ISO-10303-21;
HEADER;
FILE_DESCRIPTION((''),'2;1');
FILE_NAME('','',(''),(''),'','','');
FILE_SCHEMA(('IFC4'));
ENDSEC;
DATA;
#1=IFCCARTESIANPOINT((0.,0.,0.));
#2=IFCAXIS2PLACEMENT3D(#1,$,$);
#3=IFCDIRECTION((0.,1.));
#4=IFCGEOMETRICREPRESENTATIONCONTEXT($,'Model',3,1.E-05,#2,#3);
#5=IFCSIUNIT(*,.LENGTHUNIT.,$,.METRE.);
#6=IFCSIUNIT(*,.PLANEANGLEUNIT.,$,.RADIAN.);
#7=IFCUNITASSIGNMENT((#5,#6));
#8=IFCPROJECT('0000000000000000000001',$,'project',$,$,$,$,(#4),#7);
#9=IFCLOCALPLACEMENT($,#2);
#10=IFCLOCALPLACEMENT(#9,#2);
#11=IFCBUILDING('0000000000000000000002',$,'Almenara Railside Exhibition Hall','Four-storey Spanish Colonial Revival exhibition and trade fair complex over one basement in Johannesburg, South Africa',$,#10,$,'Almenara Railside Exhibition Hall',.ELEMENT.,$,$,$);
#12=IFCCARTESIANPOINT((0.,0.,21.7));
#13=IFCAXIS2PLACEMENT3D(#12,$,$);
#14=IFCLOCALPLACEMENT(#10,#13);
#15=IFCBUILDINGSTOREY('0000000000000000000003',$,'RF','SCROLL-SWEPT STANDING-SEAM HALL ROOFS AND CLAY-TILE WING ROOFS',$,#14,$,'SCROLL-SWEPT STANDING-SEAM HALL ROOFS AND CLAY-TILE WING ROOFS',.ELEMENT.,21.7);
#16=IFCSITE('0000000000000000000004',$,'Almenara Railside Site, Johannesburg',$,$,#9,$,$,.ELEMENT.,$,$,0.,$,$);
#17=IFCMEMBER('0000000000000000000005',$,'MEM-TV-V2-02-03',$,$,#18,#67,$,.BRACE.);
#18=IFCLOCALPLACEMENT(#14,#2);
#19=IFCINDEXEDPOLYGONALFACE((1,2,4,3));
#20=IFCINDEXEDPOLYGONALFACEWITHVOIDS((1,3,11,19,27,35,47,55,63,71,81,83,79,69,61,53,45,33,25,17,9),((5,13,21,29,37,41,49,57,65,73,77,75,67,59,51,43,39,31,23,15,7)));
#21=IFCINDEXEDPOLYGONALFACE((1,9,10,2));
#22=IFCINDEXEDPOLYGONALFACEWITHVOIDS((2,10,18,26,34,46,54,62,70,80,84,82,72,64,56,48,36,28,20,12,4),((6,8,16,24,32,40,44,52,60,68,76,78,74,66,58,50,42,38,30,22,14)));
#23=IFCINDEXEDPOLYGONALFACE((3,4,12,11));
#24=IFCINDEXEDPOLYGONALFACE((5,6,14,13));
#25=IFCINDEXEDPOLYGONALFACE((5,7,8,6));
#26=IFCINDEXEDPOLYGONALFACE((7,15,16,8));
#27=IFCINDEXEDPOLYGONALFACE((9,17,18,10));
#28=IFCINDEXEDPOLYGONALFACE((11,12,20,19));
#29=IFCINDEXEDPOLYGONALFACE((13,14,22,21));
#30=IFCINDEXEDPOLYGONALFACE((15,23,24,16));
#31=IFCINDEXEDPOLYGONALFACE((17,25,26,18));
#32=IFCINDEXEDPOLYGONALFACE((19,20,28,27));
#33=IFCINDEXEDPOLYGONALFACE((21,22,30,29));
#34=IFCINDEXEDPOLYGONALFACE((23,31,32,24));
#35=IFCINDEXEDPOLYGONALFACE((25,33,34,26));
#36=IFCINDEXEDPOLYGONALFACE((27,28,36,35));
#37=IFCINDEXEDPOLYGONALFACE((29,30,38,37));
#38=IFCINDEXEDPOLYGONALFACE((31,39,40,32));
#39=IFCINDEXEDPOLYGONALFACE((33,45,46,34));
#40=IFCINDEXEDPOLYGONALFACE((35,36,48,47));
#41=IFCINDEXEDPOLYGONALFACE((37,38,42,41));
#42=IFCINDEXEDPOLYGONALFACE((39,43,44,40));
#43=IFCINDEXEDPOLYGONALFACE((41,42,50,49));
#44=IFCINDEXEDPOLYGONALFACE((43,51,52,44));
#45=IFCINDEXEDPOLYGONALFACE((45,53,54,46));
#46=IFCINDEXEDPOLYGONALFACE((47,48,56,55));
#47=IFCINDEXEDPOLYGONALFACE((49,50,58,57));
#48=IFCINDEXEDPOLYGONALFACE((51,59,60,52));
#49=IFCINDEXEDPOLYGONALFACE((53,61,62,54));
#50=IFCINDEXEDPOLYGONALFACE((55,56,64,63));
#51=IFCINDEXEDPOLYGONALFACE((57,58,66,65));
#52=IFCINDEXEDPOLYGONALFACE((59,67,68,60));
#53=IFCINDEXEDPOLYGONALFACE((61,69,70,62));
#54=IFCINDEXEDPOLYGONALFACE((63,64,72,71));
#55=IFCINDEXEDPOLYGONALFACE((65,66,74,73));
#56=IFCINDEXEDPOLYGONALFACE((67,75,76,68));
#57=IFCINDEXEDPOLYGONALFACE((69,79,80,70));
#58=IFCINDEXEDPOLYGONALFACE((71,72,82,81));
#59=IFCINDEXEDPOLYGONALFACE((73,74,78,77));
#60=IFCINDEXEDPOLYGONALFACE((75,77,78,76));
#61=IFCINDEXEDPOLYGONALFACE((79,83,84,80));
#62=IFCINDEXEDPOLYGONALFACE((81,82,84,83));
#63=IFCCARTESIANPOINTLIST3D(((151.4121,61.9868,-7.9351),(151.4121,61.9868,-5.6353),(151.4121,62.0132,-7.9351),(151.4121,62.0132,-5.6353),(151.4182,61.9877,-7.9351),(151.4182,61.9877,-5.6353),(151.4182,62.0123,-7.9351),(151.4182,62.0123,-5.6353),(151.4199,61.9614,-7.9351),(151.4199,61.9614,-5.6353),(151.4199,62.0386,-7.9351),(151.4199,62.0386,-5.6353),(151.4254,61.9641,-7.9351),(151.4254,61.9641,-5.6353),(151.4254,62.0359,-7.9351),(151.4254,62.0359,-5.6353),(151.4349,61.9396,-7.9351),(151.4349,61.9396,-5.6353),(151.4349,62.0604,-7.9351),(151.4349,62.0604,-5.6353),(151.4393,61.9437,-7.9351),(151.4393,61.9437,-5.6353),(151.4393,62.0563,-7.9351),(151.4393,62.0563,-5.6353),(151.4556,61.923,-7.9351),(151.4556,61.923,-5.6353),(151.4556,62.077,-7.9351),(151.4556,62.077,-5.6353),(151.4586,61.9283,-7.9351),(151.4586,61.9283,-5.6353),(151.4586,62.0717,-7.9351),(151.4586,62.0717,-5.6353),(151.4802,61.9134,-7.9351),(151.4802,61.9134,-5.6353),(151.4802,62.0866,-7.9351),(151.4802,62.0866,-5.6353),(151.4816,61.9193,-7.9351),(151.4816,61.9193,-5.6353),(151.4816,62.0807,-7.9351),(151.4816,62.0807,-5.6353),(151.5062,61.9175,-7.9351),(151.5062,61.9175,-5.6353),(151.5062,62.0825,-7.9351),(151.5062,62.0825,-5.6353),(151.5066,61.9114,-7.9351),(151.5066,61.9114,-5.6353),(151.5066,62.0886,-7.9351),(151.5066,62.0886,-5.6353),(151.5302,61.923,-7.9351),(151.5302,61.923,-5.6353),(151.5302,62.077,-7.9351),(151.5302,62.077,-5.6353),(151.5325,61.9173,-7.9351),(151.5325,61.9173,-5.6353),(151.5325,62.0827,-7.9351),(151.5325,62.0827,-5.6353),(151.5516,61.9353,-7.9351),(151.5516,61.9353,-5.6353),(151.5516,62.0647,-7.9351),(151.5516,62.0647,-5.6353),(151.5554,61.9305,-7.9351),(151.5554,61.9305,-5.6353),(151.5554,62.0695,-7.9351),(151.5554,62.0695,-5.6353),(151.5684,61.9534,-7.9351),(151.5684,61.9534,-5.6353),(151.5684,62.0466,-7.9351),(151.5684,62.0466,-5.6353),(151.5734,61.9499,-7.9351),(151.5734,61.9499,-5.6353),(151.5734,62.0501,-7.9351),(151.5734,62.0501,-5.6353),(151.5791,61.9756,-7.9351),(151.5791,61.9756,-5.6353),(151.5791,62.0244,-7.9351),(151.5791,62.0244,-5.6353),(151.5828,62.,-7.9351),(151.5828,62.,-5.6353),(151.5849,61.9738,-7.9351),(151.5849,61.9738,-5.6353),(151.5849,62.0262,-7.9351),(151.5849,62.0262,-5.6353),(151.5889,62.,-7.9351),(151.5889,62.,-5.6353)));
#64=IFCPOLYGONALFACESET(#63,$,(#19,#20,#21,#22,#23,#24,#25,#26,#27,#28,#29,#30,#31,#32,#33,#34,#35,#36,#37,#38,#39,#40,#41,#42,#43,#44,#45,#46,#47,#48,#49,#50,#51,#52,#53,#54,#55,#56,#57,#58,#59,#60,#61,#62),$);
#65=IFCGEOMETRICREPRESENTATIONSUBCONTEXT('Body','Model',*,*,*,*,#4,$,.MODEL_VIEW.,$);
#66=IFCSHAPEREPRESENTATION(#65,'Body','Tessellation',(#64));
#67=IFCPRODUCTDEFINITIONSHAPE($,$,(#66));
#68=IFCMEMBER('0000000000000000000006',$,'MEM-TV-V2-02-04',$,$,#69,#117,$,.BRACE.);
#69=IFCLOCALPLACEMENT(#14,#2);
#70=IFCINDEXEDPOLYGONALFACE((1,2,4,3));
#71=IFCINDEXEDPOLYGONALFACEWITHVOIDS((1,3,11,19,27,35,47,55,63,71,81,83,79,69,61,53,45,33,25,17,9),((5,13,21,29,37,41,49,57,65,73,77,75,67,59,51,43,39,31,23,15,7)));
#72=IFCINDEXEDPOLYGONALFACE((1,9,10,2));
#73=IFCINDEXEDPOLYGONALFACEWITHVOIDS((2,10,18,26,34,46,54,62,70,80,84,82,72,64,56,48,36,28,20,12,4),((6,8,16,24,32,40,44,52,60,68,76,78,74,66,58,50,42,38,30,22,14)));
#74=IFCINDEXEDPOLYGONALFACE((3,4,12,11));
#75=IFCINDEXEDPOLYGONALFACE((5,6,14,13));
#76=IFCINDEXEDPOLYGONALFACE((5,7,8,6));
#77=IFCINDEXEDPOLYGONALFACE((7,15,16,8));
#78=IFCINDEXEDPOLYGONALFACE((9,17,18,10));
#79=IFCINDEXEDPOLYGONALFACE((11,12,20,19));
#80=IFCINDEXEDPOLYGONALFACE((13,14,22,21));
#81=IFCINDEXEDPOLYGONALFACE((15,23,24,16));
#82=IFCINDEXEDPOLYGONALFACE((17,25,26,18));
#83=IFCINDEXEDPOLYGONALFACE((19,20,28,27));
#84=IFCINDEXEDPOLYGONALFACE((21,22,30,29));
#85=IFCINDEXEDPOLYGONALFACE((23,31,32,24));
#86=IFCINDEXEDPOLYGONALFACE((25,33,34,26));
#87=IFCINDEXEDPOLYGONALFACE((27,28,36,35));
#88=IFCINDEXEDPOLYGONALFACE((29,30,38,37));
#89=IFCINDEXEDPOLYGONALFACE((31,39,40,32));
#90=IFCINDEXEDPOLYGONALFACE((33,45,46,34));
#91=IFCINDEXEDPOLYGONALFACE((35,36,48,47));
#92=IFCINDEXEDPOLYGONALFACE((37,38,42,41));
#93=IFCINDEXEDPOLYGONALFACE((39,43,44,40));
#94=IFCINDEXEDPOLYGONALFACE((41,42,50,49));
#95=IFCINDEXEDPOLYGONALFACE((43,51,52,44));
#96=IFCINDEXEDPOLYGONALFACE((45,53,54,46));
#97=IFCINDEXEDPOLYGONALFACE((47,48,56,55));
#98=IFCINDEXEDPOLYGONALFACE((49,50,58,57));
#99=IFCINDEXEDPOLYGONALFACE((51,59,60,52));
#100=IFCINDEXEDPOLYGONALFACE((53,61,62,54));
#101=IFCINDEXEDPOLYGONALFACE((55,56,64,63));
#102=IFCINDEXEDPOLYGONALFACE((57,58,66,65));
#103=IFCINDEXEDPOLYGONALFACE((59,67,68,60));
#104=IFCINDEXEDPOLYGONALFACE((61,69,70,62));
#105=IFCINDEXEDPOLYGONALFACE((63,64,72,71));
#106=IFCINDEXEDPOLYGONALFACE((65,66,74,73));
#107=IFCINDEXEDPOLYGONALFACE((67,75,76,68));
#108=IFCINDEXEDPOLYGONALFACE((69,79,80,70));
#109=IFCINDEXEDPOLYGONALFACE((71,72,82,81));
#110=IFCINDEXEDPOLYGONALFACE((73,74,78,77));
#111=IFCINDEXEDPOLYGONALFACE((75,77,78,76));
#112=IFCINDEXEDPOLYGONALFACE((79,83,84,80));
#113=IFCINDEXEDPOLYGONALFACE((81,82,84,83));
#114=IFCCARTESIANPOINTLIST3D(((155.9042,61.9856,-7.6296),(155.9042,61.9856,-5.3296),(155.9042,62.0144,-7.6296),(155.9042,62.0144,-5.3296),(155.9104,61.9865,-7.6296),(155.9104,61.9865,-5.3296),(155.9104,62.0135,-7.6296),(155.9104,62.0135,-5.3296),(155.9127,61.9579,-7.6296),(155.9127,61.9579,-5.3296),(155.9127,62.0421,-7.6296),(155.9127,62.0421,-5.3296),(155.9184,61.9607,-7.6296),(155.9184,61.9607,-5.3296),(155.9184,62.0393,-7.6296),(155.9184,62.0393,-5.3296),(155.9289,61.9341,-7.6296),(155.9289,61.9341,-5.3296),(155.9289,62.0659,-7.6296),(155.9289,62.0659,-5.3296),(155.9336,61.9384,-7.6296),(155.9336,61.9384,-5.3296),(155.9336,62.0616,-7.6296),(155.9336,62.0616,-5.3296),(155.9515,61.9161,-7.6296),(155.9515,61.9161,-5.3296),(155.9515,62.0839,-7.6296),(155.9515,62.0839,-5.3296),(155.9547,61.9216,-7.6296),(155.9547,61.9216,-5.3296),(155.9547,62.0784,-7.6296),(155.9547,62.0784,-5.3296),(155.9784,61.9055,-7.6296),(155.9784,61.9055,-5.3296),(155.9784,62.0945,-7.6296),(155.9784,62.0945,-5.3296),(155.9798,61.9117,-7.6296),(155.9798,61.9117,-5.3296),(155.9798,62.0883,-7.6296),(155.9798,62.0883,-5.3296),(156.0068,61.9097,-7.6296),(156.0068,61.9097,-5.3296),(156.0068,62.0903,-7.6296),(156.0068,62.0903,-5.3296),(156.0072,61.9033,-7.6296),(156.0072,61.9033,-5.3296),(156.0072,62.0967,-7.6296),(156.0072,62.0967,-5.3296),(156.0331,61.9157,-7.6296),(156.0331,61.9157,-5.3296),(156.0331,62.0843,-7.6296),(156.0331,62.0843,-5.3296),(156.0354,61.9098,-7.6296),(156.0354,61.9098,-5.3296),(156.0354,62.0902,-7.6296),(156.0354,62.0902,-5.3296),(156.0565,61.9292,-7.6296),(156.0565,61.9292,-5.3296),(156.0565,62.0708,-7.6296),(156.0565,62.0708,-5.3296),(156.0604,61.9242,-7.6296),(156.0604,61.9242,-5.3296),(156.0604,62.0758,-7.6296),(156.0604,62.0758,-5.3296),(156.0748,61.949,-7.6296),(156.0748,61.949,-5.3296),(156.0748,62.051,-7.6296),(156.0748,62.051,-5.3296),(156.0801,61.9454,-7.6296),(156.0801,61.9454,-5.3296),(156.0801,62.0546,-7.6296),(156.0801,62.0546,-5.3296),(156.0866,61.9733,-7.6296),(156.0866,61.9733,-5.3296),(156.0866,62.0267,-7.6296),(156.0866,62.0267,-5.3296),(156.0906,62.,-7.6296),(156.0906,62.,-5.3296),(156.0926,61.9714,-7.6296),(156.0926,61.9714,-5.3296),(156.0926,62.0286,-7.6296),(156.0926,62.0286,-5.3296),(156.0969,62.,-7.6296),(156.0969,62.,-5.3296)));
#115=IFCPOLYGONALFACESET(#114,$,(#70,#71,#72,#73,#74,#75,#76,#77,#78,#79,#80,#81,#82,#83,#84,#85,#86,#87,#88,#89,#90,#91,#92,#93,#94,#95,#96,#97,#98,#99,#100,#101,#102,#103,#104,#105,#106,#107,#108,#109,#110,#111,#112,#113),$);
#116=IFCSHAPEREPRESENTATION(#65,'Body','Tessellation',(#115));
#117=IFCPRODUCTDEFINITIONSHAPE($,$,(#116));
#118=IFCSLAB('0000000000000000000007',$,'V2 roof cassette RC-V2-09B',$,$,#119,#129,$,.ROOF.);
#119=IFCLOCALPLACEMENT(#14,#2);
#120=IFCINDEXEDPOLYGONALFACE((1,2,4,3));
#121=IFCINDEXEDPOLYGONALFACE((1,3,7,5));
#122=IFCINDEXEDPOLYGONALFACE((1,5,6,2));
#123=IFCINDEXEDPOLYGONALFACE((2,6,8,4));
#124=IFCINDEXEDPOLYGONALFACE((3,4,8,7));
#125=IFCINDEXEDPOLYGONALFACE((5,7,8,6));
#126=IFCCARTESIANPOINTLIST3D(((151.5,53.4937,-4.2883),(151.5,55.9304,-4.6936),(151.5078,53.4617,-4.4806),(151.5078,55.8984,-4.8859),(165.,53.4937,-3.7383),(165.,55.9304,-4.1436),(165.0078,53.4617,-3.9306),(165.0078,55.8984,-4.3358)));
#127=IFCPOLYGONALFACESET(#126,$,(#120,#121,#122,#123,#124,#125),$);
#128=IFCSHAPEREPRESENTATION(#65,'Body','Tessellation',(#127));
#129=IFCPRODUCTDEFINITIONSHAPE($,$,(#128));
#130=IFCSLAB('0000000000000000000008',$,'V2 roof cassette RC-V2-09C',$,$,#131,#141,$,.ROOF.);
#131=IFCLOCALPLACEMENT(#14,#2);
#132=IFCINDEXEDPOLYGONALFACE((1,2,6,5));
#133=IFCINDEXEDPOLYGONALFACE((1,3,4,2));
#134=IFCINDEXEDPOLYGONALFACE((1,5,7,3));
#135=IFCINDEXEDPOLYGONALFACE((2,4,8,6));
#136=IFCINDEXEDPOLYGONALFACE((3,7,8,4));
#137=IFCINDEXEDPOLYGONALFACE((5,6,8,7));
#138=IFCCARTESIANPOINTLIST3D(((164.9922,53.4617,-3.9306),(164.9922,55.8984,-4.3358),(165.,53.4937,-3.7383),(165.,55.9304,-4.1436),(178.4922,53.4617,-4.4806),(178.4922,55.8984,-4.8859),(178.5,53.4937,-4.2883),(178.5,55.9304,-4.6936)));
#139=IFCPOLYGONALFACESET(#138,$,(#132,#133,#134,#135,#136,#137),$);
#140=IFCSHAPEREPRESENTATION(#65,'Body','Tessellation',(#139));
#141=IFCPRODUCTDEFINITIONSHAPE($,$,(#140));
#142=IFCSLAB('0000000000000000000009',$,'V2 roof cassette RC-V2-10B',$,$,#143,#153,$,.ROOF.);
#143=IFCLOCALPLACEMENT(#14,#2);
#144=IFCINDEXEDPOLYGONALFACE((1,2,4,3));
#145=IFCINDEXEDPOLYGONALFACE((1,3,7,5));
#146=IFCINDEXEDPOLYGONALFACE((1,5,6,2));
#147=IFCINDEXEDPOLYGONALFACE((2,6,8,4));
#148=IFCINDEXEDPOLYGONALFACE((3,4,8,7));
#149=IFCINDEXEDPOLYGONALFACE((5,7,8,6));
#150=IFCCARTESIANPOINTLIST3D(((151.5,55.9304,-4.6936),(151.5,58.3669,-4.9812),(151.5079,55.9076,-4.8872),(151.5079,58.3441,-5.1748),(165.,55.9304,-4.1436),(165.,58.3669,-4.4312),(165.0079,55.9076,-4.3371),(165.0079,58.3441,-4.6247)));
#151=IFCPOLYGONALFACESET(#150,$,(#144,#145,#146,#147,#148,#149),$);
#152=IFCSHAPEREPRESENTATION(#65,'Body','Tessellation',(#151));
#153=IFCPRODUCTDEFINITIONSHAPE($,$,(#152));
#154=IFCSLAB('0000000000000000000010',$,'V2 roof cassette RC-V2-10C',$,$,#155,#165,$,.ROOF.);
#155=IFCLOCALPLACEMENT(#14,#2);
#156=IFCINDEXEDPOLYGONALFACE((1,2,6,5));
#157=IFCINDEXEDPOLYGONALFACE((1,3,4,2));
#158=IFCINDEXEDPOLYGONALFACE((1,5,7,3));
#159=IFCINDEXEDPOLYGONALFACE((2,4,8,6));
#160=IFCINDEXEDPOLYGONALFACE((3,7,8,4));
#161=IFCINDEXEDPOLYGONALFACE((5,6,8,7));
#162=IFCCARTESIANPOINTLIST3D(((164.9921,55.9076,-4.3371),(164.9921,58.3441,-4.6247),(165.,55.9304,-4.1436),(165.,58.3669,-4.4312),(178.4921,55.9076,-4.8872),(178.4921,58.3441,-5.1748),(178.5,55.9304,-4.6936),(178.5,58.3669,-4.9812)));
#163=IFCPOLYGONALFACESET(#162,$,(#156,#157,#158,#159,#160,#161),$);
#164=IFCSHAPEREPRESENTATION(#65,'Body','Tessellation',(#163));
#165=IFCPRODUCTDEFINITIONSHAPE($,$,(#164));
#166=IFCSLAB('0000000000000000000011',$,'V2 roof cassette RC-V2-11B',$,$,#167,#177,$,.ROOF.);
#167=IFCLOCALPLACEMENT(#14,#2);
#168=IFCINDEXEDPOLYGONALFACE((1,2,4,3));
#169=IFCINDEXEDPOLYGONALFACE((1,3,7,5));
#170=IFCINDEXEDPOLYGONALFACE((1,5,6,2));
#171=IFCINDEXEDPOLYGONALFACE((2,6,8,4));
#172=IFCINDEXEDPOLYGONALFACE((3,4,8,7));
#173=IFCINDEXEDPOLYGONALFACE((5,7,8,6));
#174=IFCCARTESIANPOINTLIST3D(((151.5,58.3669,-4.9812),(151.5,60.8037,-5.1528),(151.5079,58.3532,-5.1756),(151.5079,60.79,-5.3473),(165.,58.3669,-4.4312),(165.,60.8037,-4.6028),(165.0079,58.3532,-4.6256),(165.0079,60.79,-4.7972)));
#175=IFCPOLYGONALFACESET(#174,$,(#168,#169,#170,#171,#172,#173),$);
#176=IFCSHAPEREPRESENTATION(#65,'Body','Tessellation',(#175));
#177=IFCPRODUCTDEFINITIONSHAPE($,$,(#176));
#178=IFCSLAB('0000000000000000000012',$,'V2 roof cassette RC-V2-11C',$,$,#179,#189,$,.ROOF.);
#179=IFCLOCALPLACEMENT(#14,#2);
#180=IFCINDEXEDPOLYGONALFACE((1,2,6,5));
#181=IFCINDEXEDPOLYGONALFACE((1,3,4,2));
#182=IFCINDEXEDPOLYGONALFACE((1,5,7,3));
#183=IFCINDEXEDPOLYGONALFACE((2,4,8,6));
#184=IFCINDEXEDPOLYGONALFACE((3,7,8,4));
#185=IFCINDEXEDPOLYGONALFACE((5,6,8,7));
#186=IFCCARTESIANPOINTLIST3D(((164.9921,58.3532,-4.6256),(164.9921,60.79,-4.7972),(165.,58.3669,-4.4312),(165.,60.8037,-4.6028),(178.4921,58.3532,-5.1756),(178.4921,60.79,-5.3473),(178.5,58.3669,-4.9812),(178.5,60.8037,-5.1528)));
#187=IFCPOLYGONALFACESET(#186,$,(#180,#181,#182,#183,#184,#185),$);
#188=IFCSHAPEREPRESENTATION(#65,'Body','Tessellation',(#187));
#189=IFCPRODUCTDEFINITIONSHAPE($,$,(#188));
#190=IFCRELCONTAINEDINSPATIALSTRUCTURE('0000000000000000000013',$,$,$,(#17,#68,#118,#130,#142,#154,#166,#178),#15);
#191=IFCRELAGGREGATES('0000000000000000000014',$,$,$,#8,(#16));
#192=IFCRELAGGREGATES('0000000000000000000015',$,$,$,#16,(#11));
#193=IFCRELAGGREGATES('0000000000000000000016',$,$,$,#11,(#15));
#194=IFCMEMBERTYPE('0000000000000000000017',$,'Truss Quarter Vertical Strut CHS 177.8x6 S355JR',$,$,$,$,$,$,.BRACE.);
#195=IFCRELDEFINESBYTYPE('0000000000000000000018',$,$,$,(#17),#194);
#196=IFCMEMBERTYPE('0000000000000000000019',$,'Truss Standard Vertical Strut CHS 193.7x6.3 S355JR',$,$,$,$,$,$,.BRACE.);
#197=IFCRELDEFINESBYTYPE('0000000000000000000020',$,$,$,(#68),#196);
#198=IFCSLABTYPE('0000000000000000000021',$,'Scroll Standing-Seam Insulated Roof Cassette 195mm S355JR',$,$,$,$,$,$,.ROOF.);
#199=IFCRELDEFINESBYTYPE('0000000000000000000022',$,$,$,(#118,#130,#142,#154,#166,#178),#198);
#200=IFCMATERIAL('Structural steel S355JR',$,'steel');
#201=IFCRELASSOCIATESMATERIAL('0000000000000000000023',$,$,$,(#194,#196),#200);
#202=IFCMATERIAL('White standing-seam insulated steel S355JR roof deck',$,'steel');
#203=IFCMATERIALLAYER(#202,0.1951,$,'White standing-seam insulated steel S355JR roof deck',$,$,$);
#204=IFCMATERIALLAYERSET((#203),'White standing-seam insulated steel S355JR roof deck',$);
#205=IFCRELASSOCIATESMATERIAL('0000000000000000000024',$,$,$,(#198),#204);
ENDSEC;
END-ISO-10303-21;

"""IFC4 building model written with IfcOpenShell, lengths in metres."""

from ifc_helpers import new_model, si_unit, direction, frame, origin, origin_2d, place, context, subcontext, project, spatial, polyline, hollow_circle, outline, extrude, material, layer, layer_set, material_profile, profile_set, type_object, element, save


model = new_model("IFC4")

# Units and contexts
model_context = context("Model", 3, precision=1e-05, world=origin(), true_north=direction((0.0, 1.0)))
body_context = subcontext(model_context, "Body", "Model", "MODEL_VIEW")
ifc_project = project(units=[si_unit("LENGTHUNIT", "METRE"), si_unit("PLANEANGLEUNIT", "RADIAN")], contexts=[model_context])

# Site, building, storey
site_placement = place(None, origin())
site = spatial("IfcSite", under=ifc_project, at=site_placement, Name="Almenara Railside Site, Johannesburg", CompositionType="ELEMENT", RefElevation=0.0)
building_placement = place(site_placement, origin())
building = spatial("IfcBuilding", under=site, at=building_placement, Name="Almenara Railside Exhibition Hall", Description="Four-storey Spanish Colonial Revival exhibition and trade fair complex over one basement in Johannesburg, South Africa", LongName="Almenara Railside Exhibition Hall", CompositionType="ELEMENT")
storey_placement = place(building_placement, frame((0.0, 0.0, 21.7)))
storey = spatial("IfcBuildingStorey", under=building, at=storey_placement, Name="RF", Description="SCROLL-SWEPT STANDING-SEAM HALL ROOFS AND CLAY-TILE WING ROOFS", LongName="SCROLL-SWEPT STANDING-SEAM HALL ROOFS AND CLAY-TILE WING ROOFS", CompositionType="ELEMENT", Elevation=21.7)

# Members
ifc_material_1 = material(Name="Structural steel S355JR", Category="steel")
ifc_material_profile_1 = material_profile(ifc_material_1, hollow_circle(Radius=0.0889, WallThickness=0.0061, at=origin_2d()), Name="CHS 177.8x6")
ifc_profile_set_1 = profile_set([ifc_material_profile_1], Name="Structural steel S355JR")
member_type_1 = type_object("IfcMemberType", Name="Truss Quarter Vertical Strut CHS 177.8x6 S355JR", PredefinedType="BRACE", material=ifc_profile_set_1)
member_1_placement = place(storey_placement, frame((151.5, 62.0, -7.9351), z_axis=(0.0, 0.0, 1.0), x_axis=(1.0, 0.0, 0.0)))
element("IfcMember", 1, at=member_1_placement, inside=storey, type_object=member_type_1, Name="MEM-TV-V2-02-03", PredefinedType="BRACE", context=body_context, shape_type="SweptSolid", body=[
    extrude(hollow_circle(Radius=0.0889, WallThickness=0.0061, at=origin_2d()), origin(), (0.0, 0.0, 1.0), 2.2998),
])
ifc_material_profile_2 = material_profile(ifc_material_1, hollow_circle(Radius=0.0969, WallThickness=0.0063, at=origin_2d()), Name="CHS 193.7x6.3")
ifc_profile_set_2 = profile_set([ifc_material_profile_2], Name="Structural steel S355JR")
member_type_2 = type_object("IfcMemberType", Name="Truss Standard Vertical Strut CHS 193.7x6.3 S355JR", PredefinedType="BRACE", material=ifc_profile_set_2)
member_2_placement = place(storey_placement, frame((156.0, 62.0, -7.6296), z_axis=(0.0, 0.0, 1.0), x_axis=(1.0, 0.0, 0.0)))
element("IfcMember", 2, at=member_2_placement, inside=storey, type_object=member_type_2, Name="MEM-TV-V2-02-04", PredefinedType="BRACE", context=body_context, shape_type="SweptSolid", body=[
    extrude(hollow_circle(Radius=0.0969, WallThickness=0.0063, at=origin_2d()), origin(), (0.0, 0.0, 1.0), 2.3),
])

# Slabs
ifc_material_2 = material(Name="White standing-seam insulated steel S355JR roof deck", Category="steel")
ifc_layer_1 = layer(ifc_material_2, 0.1951, Name="White standing-seam insulated steel S355JR roof deck")
ifc_layer_set_1 = layer_set([ifc_layer_1], Name="White standing-seam insulated steel S355JR roof deck")
slab_type = type_object("IfcSlabType", Name="Scroll Standing-Seam Insulated Roof Cassette 195mm S355JR", PredefinedType="ROOF", material=ifc_layer_set_1)
slab_1_placement = place(storey_placement, frame((151.5, 53.4937, -4.2883), z_axis=(-0.04016, 0.16393, 0.985654), x_axis=(0.999171, 0.0, 0.040711)))
element("IfcSlab", 3, at=slab_1_placement, inside=storey, type_object=slab_type, Name="V2 roof cassette RC-V2-09B", PredefinedType="ROOF", context=body_context, shape_type="SweptSolid", body=[
    extrude(outline(polyline([(0.0, 0.0), (13.5112, 0.0), (13.4947, 2.4702), (-0.0165, 2.4702), (0.0, 0.0)])), origin(), (0.0, 0.0, -1.0), 0.1951),
])
slab_2_placement = place(storey_placement, frame((165.0, 53.4937, -3.7383), z_axis=(0.04016, 0.16393, 0.985654), x_axis=(0.999171, 0.0, -0.040711)))
element("IfcSlab", 4, at=slab_2_placement, inside=storey, type_object=slab_type, Name="V2 roof cassette RC-V2-09C", PredefinedType="ROOF", context=body_context, shape_type="SweptSolid", body=[
    extrude(outline(polyline([(0.0, 0.0), (13.5112, 0.0), (13.5277, 2.4702), (0.0165, 2.4702), (0.0, 0.0)])), origin(), (0.0, 0.0, -1.0), 0.1951),
])
slab_3_placement = place(storey_placement, frame((151.5, 55.9304, -4.6936), z_axis=(-0.04043, 0.117126, 0.992294), x_axis=(0.999171, 0.0, 0.040711)))
element("IfcSlab", 5, at=slab_3_placement, inside=storey, type_object=slab_type, Name="V2 roof cassette RC-V2-10B", PredefinedType="ROOF", context=body_context, shape_type="SweptSolid", body=[
    extrude(outline(polyline([(0.0, 0.0), (13.5112, 0.0), (13.4995, 2.4534), (-0.0117, 2.4534), (0.0, 0.0)])), origin(), (0.0, 0.0, -1.0), 0.1951),
])
slab_4_placement = place(storey_placement, frame((165.0, 55.9304, -4.1436), z_axis=(0.04043, 0.117126, 0.992294), x_axis=(0.999171, 0.0, -0.040711)))
element("IfcSlab", 6, at=slab_4_placement, inside=storey, type_object=slab_type, Name="V2 roof cassette RC-V2-10C", PredefinedType="ROOF", context=body_context, shape_type="SweptSolid", body=[
    extrude(outline(polyline([(0.0, 0.0), (13.5112, 0.0), (13.5229, 2.4534), (0.0117, 2.4534), (0.0, 0.0)])), origin(), (0.0, 0.0, -1.0), 0.1951),
])
slab_5_placement = place(storey_placement, frame((151.5, 58.3669, -4.9812), z_axis=(-0.04061, 0.070202, 0.996706), x_axis=(0.999171, 0.0, 0.040711)))
element("IfcSlab", 7, at=slab_5_placement, inside=storey, type_object=slab_type, Name="V2 roof cassette RC-V2-11B", PredefinedType="ROOF", context=body_context, shape_type="SweptSolid", body=[
    extrude(outline(polyline([(0.0, 0.0), (13.5112, 0.0), (13.5042, 2.4428), (-0.007, 2.4428), (0.0, 0.0)])), origin(), (0.0, 0.0, -1.0), 0.1951),
])
slab_6_placement = place(storey_placement, frame((165.0, 58.3669, -4.4312), z_axis=(0.04061, 0.070202, 0.996706), x_axis=(0.999171, 0.0, -0.040711)))
element("IfcSlab", 8, at=slab_6_placement, inside=storey, type_object=slab_type, Name="V2 roof cassette RC-V2-11C", PredefinedType="ROOF", context=body_context, shape_type="SweptSolid", body=[
    extrude(outline(polyline([(0.0, 0.0), (13.5112, 0.0), (13.5182, 2.4428), (0.007, 2.4428), (0.0, 0.0)])), origin(), (0.0, 0.0, -1.0), 0.1951),
])

save(model, "model.ifc")
